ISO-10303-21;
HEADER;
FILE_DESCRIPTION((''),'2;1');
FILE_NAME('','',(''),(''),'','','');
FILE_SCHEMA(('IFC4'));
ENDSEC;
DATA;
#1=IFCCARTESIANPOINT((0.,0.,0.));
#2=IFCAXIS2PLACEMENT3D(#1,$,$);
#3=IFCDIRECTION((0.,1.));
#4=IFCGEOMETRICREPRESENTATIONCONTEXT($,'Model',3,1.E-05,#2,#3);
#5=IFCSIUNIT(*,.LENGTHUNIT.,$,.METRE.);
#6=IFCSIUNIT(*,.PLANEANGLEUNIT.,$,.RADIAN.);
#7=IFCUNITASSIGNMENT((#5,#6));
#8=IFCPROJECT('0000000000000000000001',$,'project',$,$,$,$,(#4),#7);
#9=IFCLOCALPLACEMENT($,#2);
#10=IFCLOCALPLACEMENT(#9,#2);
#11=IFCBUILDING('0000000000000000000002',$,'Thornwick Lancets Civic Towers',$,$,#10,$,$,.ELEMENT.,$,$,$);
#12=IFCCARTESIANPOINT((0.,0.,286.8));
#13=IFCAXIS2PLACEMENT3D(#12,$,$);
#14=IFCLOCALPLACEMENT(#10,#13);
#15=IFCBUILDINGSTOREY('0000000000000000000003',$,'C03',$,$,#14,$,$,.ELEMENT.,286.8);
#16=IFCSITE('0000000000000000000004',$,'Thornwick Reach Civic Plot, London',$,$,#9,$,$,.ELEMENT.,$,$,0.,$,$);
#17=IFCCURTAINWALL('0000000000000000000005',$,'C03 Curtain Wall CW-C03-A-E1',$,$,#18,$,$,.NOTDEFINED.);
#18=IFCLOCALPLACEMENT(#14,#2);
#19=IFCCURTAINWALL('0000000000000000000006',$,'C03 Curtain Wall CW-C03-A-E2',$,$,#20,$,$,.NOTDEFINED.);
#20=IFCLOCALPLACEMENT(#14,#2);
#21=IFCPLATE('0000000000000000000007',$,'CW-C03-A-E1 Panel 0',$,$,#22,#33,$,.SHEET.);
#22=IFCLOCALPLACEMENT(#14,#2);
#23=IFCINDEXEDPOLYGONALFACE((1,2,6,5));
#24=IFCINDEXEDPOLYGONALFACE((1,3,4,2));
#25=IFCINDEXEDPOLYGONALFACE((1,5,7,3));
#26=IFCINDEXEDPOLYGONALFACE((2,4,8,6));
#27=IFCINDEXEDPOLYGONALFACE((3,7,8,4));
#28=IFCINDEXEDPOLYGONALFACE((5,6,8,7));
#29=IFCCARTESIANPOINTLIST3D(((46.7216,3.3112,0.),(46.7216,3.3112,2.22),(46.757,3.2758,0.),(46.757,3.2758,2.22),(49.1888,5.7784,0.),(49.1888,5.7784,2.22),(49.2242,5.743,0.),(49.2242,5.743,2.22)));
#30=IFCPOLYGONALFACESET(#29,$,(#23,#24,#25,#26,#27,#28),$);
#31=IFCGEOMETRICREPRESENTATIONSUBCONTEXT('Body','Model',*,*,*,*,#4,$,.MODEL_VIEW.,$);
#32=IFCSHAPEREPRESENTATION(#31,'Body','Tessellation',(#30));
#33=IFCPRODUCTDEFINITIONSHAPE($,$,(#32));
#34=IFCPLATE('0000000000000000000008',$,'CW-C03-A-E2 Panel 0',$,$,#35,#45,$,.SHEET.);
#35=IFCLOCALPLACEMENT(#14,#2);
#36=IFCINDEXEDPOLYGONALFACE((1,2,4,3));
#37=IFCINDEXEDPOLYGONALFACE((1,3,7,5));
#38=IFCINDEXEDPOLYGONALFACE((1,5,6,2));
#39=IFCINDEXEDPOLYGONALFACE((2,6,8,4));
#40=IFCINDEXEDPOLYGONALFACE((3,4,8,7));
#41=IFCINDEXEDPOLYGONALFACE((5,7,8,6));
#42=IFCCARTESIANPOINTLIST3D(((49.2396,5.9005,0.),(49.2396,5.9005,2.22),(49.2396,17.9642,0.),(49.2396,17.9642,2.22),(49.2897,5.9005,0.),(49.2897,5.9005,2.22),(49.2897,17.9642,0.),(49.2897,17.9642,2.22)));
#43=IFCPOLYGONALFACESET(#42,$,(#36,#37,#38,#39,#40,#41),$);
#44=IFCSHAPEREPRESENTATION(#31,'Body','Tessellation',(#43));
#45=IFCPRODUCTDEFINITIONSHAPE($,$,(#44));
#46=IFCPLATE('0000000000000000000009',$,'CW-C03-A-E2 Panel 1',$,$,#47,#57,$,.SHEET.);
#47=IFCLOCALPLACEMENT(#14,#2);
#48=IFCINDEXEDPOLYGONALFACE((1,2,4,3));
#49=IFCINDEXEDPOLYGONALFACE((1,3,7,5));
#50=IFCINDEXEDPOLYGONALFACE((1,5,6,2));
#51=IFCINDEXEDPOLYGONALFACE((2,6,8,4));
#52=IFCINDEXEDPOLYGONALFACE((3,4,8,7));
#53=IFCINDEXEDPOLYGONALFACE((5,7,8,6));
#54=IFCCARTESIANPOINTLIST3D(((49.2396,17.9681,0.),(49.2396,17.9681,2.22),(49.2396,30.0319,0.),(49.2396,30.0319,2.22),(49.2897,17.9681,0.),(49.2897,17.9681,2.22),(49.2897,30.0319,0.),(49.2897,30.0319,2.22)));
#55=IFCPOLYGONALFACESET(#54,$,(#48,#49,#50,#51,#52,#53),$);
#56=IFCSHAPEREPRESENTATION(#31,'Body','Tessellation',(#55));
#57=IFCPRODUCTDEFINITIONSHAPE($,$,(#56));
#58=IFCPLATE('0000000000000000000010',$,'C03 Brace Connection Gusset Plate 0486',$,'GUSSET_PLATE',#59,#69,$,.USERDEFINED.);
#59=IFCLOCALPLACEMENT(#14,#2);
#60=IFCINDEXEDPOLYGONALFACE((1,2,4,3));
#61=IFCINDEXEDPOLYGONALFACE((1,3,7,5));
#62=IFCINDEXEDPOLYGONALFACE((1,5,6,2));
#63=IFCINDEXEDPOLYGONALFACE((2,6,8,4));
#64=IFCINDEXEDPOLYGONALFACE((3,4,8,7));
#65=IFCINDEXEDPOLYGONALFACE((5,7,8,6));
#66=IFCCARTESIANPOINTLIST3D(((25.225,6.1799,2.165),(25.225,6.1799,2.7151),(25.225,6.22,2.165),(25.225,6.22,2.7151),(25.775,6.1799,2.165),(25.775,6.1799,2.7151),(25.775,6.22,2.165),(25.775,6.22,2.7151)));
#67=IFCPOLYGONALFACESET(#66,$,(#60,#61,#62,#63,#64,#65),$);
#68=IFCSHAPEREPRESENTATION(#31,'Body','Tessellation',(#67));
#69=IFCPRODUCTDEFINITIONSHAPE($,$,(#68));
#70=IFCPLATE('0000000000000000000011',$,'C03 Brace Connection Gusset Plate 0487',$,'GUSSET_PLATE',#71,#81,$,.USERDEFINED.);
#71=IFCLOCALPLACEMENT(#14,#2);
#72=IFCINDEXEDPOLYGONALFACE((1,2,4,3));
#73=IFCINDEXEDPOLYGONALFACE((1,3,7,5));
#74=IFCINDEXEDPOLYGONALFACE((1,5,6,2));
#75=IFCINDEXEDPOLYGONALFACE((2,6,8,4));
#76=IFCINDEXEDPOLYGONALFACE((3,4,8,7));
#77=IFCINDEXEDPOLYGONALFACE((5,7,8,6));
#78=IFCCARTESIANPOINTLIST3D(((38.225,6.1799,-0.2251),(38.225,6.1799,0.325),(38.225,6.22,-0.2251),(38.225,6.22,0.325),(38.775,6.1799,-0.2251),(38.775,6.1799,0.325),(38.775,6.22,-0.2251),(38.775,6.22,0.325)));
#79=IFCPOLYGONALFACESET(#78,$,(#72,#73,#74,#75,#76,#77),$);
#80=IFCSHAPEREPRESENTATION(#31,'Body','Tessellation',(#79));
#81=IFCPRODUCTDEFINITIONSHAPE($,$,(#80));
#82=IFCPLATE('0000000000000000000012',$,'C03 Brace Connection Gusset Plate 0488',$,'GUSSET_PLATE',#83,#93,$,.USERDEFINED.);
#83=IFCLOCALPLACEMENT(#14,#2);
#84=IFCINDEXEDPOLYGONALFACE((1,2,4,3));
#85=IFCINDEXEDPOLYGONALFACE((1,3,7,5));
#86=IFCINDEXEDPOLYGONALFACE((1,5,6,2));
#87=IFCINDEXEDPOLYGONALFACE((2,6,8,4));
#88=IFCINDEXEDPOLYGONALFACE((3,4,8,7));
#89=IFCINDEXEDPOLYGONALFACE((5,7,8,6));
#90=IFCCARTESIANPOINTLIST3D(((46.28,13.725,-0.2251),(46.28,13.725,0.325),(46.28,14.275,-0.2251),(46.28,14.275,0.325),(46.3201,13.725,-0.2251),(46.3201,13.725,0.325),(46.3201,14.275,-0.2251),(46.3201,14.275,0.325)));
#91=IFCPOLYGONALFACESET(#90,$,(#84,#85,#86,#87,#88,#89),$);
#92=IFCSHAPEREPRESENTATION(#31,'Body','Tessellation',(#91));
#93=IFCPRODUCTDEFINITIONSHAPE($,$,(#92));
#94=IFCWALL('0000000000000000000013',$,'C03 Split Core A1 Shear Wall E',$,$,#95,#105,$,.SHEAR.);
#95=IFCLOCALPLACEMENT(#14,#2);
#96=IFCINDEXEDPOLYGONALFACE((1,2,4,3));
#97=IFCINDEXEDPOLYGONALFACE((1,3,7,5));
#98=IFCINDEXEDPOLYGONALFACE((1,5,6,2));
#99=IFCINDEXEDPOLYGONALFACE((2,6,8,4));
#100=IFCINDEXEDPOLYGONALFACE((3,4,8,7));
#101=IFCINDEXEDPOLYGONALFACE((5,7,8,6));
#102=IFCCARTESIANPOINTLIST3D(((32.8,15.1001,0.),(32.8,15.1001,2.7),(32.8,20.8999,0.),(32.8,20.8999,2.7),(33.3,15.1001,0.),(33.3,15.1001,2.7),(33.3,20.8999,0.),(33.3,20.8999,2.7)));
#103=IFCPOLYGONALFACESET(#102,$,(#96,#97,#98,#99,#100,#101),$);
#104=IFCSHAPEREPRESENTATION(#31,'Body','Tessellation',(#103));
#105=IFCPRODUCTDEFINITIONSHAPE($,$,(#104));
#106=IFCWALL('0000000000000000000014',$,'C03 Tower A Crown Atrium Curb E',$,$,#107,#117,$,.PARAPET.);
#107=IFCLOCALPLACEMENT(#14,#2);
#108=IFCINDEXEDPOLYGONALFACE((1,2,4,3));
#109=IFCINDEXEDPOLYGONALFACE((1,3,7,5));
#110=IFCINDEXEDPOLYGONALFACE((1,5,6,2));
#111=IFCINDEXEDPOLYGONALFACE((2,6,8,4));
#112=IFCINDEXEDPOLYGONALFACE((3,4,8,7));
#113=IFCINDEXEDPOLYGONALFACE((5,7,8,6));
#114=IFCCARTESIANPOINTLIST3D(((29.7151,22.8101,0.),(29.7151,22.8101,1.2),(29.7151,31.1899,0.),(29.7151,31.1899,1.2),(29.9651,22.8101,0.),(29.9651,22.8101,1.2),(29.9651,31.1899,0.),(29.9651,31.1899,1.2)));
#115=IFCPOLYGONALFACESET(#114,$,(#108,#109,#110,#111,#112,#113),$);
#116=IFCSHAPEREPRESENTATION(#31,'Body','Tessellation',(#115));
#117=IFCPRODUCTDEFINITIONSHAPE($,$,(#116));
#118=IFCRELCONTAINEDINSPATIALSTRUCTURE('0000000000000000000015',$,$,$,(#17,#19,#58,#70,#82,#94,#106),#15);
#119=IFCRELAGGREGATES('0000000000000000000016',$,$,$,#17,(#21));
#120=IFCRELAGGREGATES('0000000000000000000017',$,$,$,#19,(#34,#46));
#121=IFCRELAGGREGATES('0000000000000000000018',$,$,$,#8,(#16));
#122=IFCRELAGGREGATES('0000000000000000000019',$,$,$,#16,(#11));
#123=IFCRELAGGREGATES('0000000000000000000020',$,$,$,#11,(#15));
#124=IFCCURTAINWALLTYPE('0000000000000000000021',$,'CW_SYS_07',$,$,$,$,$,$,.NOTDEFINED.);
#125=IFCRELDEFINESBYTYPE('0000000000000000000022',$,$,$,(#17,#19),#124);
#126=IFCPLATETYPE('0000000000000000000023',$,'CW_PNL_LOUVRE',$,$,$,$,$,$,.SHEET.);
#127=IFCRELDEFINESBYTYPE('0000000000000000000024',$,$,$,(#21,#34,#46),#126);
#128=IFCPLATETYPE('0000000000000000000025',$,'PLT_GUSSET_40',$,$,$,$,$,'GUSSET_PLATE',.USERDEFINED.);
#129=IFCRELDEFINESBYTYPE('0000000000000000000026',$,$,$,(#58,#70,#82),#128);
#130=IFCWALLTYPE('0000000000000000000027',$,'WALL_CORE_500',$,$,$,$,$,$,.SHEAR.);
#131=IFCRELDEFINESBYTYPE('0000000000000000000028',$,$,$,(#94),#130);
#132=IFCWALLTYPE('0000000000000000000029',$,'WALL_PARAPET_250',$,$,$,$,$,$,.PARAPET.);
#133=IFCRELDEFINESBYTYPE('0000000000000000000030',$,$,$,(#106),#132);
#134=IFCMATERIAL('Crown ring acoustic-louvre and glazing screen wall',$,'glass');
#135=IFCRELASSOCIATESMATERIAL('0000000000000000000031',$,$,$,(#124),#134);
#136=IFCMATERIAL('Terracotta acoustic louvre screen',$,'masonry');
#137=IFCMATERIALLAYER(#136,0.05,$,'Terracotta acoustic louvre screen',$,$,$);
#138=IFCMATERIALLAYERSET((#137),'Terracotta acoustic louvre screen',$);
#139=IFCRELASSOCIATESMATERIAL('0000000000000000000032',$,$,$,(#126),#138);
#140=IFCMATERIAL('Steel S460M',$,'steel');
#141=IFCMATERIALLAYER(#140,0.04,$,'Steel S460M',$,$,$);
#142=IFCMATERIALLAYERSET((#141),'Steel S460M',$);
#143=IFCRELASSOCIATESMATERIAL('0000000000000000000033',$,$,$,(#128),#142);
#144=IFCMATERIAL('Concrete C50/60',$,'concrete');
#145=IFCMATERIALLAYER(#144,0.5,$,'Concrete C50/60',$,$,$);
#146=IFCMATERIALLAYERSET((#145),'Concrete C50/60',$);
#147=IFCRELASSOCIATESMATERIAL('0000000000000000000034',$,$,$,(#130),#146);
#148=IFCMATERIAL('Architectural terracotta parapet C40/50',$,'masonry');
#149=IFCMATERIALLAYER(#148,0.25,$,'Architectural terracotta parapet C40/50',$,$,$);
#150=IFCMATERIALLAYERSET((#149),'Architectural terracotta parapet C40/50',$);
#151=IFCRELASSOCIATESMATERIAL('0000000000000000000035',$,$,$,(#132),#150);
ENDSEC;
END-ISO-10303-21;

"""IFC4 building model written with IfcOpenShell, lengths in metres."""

from ifc_helpers import new_model, si_unit, direction, frame, frame_2d, origin, origin_2d, place, context, subcontext, project, spatial, rectangle, extrude, material, layer, layer_set, type_object, element, aggregate, save


model = new_model("IFC4")

# Units and contexts
model_context = context("Model", 3, precision=1e-05, world=origin(), true_north=direction((0.0, 1.0)))
body_context = subcontext(model_context, "Body", "Model", "MODEL_VIEW")
ifc_project = project(units=[si_unit("LENGTHUNIT", "METRE"), si_unit("PLANEANGLEUNIT", "RADIAN")], contexts=[model_context])

# Site, building, storey
site_placement = place(None, origin())
site = spatial("IfcSite", under=ifc_project, at=site_placement, Name="Thornwick Reach Civic Plot, London", CompositionType="ELEMENT", RefElevation=0.0)
building_placement = place(site_placement, origin())
building = spatial("IfcBuilding", under=site, at=building_placement, Name="Thornwick Lancets Civic Towers", CompositionType="ELEMENT")
storey_placement = place(building_placement, frame((0.0, 0.0, 286.8)))
storey = spatial("IfcBuildingStorey", under=building, at=storey_placement, Name="C03", CompositionType="ELEMENT", Elevation=286.8)

# Curtain walls
ifc_material_1 = material(Name="Crown ring acoustic-louvre and glazing screen wall", Category="glass")
curtain_wall_type = type_object("IfcCurtainWallType", Name="CW_SYS_07", PredefinedType="NOTDEFINED", material=ifc_material_1)
curtain_wall_1_placement = place(storey_placement, origin())
curtain_wall_1 = element("IfcCurtainWall", 1, at=curtain_wall_1_placement, inside=storey, type_object=curtain_wall_type, Name="C03 Curtain Wall CW-C03-A-E1", PredefinedType="NOTDEFINED")
curtain_wall_2_placement = place(storey_placement, origin())
curtain_wall_2 = element("IfcCurtainWall", 2, at=curtain_wall_2_placement, inside=storey, type_object=curtain_wall_type, Name="C03 Curtain Wall CW-C03-A-E2", PredefinedType="NOTDEFINED")

# Plates
ifc_material_2 = material(Name="Terracotta acoustic louvre screen", Category="masonry")
ifc_layer_1 = layer(ifc_material_2, 0.05, Name="Terracotta acoustic louvre screen")
ifc_layer_set_1 = layer_set([ifc_layer_1], Name="Terracotta acoustic louvre screen")
plate_type_1 = type_object("IfcPlateType", Name="CW_PNL_LOUVRE", PredefinedType="SHEET", material=ifc_layer_set_1)
plate_1_placement = place(storey_placement, frame((47.9729, 4.5271, 0.0), z_axis=(0.0, 0.0, 1.0), x_axis=(0.707107, 0.707107, 0.0)))
plate_1 = element("IfcPlate", 3, at=plate_1_placement, type_object=plate_type_1, Name="CW-C03-A-E1 Panel 0", PredefinedType="SHEET", context=body_context, shape_type="SweptSolid", body=[
    extrude(rectangle(XDim=3.4893, YDim=0.05, at=origin_2d()), origin(), (0.0, 0.0, 1.0), 2.22),
])
aggregate(curtain_wall_1, [plate_1])
plate_2_placement = place(storey_placement, frame((49.2646, 11.9324, 0.0), z_axis=(0.0, 0.0, 1.0), x_axis=(0.0, 1.0, 0.0)))
plate_2 = element("IfcPlate", 4, at=plate_2_placement, type_object=plate_type_1, Name="CW-C03-A-E2 Panel 0", PredefinedType="SHEET", context=body_context, shape_type="SweptSolid", body=[
    extrude(rectangle(XDim=12.0637, YDim=0.05, at=origin_2d()), origin(), (0.0, 0.0, 1.0), 2.22),
])
plate_3_placement = place(storey_placement, frame((49.2646, 24.0, 0.0), z_axis=(0.0, 0.0, 1.0), x_axis=(0.0, 1.0, 0.0)))
plate_3 = element("IfcPlate", 5, at=plate_3_placement, type_object=plate_type_1, Name="CW-C03-A-E2 Panel 1", PredefinedType="SHEET", context=body_context, shape_type="SweptSolid", body=[
    extrude(rectangle(XDim=12.0637, YDim=0.05, at=origin_2d()), origin(), (0.0, 0.0, 1.0), 2.22),
])
aggregate(curtain_wall_2, [plate_2, plate_3])

# Plates
ifc_material_3 = material(Name="Steel S460M", Category="steel")
ifc_layer_2 = layer(ifc_material_3, 0.04, Name="Steel S460M")
ifc_layer_set_2 = layer_set([ifc_layer_2], Name="Steel S460M")
plate_type_2 = type_object("IfcPlateType", Name="PLT_GUSSET_40", ElementType="GUSSET_PLATE", PredefinedType="USERDEFINED", material=ifc_layer_set_2)
for number, where, z_axis, x_axis, name in (
    (6, (25.5, 6.2, 2.165), (0.0, 0.0, 1.0), (1.0, 0.0, 0.0), "C03 Brace Connection Gusset Plate 0486"),
    (7, (38.5, 6.2, -0.2251), (0.0, 0.0, 1.0), (-1.0, 0.0, 0.0), "C03 Brace Connection Gusset Plate 0487"),
    (8, (46.3, 14.0, -0.2251), (0.0, 0.0, 1.0), (0.0, 1.0, 0.0), "C03 Brace Connection Gusset Plate 0488"),
):
    element("IfcPlate", number, at=place(storey_placement, frame(where, z_axis=z_axis, x_axis=x_axis)), inside=storey, type_object=plate_type_2, Name=name, ObjectType="GUSSET_PLATE", PredefinedType="USERDEFINED", context=body_context, shape_type="SweptSolid", body=[
        extrude(rectangle(XDim=0.55, YDim=0.04, at=origin_2d()), origin(), (0.0, 0.0, 1.0), 0.55),
    ])

# Walls
ifc_material_4 = material(Name="Concrete C50/60", Category="concrete")
ifc_layer_3 = layer(ifc_material_4, 0.5, Name="Concrete C50/60")
ifc_layer_set_3 = layer_set([ifc_layer_3], Name="Concrete C50/60")
wall_type_1 = type_object("IfcWallType", Name="WALL_CORE_500", PredefinedType="SHEAR", material=ifc_layer_set_3)
wall_1_placement = place(storey_placement, frame((33.05, 15.1001, 0.0), z_axis=(0.0, 0.0, 1.0), x_axis=(0.0, 1.0, 0.0)))
element("IfcWall", 9, at=wall_1_placement, inside=storey, type_object=wall_type_1, Name="C03 Split Core A1 Shear Wall E", PredefinedType="SHEAR", context=body_context, shape_type="SweptSolid", body=[
    extrude(rectangle(XDim=5.7998, YDim=0.5, at=frame_2d((2.8999, 0.0))), origin(), (0.0, 0.0, 1.0), 2.7),
])
ifc_material_5 = material(Name="Architectural terracotta parapet C40/50", Category="masonry")
ifc_layer_4 = layer(ifc_material_5, 0.25, Name="Architectural terracotta parapet C40/50")
ifc_layer_set_4 = layer_set([ifc_layer_4], Name="Architectural terracotta parapet C40/50")
wall_type_2 = type_object("IfcWallType", Name="WALL_PARAPET_250", PredefinedType="PARAPET", material=ifc_layer_set_4)
wall_2_placement = place(storey_placement, frame((29.8401, 22.8101, 0.0), z_axis=(0.0, 0.0, 1.0), x_axis=(0.0, 1.0, 0.0)))
element("IfcWall", 10, at=wall_2_placement, inside=storey, type_object=wall_type_2, Name="C03 Tower A Crown Atrium Curb E", PredefinedType="PARAPET", context=body_context, shape_type="SweptSolid", body=[
    extrude(rectangle(XDim=8.3799, YDim=0.25, at=frame_2d((4.1899, 0.0))), origin(), (0.0, 0.0, 1.0), 1.2),
])

save(model, "model.ifc")
